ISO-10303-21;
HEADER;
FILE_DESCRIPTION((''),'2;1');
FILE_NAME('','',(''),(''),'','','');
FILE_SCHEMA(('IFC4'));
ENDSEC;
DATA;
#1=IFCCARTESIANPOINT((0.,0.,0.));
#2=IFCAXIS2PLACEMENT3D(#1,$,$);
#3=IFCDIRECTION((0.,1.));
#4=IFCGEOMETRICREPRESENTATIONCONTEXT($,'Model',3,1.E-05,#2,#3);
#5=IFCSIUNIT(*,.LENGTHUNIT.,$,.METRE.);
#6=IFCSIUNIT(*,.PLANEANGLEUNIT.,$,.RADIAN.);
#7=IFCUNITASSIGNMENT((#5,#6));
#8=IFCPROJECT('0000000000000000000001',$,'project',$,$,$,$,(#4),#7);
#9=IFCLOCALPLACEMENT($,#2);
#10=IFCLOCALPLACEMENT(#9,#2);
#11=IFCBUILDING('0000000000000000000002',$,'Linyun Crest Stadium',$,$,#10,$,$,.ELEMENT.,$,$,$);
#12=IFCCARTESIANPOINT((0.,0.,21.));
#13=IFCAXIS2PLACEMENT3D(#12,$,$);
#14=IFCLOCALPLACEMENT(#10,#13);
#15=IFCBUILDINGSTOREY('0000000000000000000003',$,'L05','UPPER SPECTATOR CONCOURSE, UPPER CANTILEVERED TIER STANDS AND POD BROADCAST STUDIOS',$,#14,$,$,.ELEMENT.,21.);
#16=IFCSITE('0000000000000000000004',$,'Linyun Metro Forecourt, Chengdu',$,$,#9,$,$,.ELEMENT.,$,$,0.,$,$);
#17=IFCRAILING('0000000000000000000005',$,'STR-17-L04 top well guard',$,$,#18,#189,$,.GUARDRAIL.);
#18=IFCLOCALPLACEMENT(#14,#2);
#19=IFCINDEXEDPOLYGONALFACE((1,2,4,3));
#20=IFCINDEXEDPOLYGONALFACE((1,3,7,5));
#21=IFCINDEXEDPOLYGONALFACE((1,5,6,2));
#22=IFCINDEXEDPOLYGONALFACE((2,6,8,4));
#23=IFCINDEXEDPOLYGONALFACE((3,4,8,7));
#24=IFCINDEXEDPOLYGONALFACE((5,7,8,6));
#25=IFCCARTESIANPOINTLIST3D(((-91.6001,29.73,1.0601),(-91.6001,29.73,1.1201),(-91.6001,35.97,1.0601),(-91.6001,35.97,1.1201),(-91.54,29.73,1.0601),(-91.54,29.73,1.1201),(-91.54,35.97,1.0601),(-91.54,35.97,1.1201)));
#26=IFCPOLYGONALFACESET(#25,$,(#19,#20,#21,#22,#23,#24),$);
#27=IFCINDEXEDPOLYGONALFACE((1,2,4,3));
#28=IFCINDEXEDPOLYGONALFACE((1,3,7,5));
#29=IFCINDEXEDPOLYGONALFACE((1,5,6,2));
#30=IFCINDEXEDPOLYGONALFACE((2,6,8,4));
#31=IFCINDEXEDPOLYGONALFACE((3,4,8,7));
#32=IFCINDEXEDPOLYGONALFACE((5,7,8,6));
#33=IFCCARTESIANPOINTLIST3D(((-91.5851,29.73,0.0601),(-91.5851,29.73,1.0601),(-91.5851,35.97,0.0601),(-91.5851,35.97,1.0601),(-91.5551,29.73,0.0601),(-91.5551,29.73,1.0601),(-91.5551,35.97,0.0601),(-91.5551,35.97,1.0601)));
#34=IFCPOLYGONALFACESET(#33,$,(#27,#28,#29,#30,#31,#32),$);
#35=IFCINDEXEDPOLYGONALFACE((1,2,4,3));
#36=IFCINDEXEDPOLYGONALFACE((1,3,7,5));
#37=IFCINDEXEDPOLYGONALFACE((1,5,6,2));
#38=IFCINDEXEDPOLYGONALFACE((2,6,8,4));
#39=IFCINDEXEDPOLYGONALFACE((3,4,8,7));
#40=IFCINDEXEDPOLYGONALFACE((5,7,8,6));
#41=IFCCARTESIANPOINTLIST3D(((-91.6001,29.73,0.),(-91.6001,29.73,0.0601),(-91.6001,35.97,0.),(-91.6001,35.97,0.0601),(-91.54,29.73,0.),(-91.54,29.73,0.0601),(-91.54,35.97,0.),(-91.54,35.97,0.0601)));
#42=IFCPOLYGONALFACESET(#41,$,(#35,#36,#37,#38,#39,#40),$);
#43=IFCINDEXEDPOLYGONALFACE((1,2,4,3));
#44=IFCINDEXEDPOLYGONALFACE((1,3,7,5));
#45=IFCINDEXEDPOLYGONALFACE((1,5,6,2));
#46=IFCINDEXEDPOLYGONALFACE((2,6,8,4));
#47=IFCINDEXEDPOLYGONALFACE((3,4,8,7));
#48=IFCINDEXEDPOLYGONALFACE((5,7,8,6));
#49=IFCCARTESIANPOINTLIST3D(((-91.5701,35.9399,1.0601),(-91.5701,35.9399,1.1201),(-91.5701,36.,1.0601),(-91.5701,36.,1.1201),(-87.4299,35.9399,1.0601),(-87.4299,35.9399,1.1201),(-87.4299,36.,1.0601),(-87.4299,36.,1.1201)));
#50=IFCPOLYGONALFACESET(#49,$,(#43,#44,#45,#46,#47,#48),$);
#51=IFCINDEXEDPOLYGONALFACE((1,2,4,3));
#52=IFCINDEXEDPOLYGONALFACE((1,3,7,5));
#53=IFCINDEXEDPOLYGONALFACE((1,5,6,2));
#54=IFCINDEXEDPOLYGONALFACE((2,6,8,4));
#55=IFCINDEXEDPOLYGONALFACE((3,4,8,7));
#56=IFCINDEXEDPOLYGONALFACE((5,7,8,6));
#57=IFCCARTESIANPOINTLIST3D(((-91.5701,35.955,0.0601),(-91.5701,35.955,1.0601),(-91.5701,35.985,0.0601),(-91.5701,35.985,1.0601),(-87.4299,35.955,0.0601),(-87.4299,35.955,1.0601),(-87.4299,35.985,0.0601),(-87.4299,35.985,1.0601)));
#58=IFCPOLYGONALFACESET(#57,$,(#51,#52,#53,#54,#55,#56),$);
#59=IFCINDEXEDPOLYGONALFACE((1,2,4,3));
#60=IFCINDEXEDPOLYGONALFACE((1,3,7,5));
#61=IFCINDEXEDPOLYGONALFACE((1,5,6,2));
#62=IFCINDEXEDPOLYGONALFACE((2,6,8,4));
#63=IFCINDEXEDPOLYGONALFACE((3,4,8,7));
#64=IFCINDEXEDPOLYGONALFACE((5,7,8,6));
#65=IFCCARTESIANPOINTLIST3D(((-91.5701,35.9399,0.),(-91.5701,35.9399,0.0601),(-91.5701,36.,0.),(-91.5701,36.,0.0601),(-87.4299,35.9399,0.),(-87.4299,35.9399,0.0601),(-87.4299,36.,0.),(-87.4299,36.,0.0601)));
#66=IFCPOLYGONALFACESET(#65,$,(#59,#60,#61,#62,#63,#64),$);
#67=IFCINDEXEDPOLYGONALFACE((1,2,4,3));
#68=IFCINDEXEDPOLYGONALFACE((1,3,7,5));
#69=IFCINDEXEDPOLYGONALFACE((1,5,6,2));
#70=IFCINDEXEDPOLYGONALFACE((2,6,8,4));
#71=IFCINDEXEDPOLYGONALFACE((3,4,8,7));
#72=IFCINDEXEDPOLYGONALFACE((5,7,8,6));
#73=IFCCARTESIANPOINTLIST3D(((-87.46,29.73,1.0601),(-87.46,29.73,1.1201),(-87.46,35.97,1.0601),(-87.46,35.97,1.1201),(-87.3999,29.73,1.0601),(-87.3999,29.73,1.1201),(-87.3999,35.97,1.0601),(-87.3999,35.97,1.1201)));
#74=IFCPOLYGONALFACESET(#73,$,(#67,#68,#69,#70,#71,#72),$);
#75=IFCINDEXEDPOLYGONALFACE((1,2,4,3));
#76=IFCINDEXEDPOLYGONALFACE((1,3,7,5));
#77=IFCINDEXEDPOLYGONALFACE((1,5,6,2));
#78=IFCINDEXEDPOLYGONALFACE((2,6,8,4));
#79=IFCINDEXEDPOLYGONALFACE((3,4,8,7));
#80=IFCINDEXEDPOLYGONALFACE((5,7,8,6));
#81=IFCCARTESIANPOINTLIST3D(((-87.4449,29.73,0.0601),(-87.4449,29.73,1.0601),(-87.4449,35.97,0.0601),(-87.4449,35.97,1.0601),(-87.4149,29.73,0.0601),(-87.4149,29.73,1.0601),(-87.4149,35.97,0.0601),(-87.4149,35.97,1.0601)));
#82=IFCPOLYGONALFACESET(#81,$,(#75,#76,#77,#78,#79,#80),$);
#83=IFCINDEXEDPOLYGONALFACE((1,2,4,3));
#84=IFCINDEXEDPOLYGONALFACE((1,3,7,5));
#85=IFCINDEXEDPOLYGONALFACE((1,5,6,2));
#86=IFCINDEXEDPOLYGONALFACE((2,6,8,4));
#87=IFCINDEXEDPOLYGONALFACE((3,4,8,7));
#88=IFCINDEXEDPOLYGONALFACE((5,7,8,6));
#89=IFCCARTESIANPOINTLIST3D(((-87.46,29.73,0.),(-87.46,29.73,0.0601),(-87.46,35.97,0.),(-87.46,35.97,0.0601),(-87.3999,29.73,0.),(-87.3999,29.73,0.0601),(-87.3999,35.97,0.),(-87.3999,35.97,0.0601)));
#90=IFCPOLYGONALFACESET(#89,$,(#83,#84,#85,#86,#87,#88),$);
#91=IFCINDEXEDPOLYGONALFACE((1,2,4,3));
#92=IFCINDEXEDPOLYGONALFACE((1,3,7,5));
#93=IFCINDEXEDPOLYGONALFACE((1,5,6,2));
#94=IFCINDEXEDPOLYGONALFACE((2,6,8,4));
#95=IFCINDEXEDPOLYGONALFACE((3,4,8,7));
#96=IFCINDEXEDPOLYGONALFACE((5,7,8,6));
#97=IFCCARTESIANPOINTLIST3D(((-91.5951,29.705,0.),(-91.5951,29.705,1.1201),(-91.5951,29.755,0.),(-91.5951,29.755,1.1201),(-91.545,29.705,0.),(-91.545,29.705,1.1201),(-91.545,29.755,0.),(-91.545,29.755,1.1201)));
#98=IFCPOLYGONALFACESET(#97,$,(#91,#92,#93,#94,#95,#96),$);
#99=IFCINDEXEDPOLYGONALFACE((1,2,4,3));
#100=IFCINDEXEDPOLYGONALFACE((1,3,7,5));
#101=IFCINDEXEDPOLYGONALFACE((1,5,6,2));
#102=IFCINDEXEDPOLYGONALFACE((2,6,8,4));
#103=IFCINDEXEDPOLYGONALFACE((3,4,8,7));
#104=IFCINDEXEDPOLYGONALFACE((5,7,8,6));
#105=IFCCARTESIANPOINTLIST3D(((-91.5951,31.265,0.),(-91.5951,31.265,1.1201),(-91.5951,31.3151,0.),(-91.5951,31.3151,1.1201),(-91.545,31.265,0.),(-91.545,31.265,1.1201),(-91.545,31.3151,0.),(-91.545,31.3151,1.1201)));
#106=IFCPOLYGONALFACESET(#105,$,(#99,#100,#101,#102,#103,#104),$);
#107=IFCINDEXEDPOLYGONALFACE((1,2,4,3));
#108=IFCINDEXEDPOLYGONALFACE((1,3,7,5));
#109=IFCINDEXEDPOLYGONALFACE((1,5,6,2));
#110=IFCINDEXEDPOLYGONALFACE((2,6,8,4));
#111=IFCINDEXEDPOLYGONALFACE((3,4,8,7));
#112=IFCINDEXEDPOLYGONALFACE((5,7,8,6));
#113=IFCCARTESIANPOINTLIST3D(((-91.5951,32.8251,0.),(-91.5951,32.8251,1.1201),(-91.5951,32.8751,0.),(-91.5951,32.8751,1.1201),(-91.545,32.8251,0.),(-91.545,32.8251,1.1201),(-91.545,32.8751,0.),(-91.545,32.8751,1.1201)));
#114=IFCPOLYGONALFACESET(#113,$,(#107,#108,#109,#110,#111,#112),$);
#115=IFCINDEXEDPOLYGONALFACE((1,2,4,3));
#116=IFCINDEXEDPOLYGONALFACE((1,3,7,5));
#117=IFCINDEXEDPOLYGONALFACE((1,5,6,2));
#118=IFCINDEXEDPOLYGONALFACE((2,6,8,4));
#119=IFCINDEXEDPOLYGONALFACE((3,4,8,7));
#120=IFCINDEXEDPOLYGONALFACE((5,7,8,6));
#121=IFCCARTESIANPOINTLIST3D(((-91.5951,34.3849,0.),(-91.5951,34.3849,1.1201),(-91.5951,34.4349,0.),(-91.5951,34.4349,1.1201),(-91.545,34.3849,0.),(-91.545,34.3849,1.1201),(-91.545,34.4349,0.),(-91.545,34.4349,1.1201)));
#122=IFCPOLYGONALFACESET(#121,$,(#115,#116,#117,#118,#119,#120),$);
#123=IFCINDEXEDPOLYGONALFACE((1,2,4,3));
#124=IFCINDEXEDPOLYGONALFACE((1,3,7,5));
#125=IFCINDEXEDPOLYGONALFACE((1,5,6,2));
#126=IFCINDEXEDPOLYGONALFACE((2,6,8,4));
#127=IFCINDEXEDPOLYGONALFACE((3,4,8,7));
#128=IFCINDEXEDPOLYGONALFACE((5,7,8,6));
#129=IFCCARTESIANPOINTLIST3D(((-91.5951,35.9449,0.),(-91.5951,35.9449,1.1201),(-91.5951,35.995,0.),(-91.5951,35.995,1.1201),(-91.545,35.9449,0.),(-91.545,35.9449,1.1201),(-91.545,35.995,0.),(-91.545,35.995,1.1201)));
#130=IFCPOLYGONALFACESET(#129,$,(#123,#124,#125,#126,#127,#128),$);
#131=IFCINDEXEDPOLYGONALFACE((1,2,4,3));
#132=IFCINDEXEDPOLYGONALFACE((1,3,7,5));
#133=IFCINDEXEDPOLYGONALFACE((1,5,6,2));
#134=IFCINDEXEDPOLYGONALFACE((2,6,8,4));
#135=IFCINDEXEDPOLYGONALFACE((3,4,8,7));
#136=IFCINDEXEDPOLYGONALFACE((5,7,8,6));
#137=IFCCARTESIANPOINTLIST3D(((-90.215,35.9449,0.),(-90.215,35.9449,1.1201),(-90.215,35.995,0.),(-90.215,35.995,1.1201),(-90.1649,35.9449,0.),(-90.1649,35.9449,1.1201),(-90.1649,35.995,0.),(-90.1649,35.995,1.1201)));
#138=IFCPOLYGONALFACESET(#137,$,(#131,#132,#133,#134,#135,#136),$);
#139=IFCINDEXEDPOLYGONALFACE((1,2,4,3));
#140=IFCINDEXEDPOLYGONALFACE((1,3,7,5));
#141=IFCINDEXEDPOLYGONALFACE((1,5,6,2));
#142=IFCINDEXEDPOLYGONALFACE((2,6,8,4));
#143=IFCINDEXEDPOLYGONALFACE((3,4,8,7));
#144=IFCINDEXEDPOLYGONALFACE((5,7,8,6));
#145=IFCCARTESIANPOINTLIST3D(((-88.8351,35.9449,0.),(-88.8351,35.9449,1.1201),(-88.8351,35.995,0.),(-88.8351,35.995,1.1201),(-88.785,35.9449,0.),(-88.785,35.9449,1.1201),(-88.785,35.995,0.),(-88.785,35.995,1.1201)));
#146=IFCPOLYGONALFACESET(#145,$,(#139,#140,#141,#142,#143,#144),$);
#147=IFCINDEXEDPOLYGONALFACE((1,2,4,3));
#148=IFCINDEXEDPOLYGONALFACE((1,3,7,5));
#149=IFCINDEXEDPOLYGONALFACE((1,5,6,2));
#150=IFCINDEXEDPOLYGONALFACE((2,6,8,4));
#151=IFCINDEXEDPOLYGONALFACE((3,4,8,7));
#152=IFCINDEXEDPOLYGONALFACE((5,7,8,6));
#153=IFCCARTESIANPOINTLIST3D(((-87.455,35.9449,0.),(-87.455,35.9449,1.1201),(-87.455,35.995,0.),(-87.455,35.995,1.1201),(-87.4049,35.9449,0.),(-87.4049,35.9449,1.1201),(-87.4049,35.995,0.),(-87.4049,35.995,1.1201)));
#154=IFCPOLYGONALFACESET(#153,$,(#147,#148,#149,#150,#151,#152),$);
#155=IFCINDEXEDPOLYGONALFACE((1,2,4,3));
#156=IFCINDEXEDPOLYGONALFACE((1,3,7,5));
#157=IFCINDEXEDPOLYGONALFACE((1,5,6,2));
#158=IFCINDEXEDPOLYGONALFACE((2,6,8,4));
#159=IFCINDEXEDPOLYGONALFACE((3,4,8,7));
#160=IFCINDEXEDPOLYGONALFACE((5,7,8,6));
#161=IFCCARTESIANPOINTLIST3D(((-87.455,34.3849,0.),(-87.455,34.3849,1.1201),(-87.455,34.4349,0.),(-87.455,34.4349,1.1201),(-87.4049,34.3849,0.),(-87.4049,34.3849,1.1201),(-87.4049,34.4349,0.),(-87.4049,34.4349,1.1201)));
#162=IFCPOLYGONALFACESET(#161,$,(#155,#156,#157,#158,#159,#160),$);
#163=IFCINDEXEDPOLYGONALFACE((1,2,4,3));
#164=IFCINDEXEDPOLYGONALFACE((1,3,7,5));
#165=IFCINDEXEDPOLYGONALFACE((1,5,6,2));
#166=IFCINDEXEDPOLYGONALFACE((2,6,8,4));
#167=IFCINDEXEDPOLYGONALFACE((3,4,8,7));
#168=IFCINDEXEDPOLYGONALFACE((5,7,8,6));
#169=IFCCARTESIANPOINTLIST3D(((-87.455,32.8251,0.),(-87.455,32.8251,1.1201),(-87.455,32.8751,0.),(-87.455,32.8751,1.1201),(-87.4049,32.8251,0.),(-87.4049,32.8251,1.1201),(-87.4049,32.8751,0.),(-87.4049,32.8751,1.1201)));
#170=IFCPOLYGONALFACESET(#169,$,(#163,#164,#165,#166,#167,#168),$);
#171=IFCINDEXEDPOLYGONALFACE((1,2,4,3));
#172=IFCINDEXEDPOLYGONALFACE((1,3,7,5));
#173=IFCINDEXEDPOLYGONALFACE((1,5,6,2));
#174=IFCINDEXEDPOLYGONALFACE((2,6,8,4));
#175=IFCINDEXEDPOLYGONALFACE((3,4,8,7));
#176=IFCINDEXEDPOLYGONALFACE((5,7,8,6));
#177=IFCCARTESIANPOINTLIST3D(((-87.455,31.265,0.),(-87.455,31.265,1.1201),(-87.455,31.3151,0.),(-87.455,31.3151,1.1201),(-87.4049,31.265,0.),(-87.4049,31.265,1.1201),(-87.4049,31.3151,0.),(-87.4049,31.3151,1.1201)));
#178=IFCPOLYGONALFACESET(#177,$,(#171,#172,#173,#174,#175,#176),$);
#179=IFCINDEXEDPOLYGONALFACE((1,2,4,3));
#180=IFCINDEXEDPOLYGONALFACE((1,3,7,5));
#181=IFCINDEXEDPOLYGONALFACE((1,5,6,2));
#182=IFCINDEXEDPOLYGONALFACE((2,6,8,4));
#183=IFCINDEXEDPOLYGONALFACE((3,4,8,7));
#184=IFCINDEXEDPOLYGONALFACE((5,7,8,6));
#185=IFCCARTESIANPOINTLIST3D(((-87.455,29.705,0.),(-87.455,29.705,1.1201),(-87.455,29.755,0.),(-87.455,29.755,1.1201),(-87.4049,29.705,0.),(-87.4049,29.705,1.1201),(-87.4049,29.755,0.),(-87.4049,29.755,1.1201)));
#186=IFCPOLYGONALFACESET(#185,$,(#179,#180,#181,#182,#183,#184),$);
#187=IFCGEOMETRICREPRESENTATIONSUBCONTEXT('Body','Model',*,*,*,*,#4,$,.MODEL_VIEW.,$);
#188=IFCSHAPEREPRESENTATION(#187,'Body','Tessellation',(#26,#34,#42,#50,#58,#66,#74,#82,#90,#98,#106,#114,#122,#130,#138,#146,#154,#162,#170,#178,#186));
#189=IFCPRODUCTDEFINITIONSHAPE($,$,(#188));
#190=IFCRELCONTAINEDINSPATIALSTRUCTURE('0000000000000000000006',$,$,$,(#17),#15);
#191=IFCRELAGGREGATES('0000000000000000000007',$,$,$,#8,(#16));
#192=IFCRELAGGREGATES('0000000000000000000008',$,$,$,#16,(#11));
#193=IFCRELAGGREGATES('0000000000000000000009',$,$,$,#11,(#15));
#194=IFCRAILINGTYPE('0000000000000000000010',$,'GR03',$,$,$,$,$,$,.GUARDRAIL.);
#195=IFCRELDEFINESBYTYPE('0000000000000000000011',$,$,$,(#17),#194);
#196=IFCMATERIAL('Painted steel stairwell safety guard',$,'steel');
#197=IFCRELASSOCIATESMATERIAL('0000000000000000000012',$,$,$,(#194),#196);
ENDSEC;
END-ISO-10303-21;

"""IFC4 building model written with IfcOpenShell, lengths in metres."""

from ifc_helpers import new_model, si_unit, direction, frame, origin, origin_2d, place, context, subcontext, project, spatial, rectangle, extrude, material, type_object, element, save


model = new_model("IFC4")

# Units and contexts
model_context = context("Model", 3, precision=1e-05, world=origin(), true_north=direction((0.0, 1.0)))
body_context = subcontext(model_context, "Body", "Model", "MODEL_VIEW")
ifc_project = project(units=[si_unit("LENGTHUNIT", "METRE"), si_unit("PLANEANGLEUNIT", "RADIAN")], contexts=[model_context])

# Site, building, storey
site_placement = place(None, origin())
site = spatial("IfcSite", under=ifc_project, at=site_placement, Name="Linyun Metro Forecourt, Chengdu", CompositionType="ELEMENT", RefElevation=0.0)
building_placement = place(site_placement, origin())
building = spatial("IfcBuilding", under=site, at=building_placement, Name="Linyun Crest Stadium", CompositionType="ELEMENT")
storey_placement = place(building_placement, frame((0.0, 0.0, 21.0)))
storey = spatial("IfcBuildingStorey", under=building, at=storey_placement, Name="L05", Description="UPPER SPECTATOR CONCOURSE, UPPER CANTILEVERED TIER STANDS AND POD BROADCAST STUDIOS", CompositionType="ELEMENT", Elevation=21.0)

# Railing
ifc_material_1 = material(Name="Painted steel stairwell safety guard", Category="steel")
railing_type_1 = type_object("IfcRailingType", Name="GR03", PredefinedType="GUARDRAIL", material=ifc_material_1)
railing_1_placement = place(storey_placement, frame((-91.5701, 29.73, 0.0)))
element("IfcRailing", 1, at=railing_1_placement, inside=storey, type_object=railing_type_1, Name="STR-17-L04 top well guard", PredefinedType="GUARDRAIL", context=body_context, shape_type="SweptSolid", body=[
    extrude(rectangle(XDim=0.0601, YDim=0.0601, at=origin_2d()), frame((0.0, 0.0, 1.0901), z_axis=(0.0, 1.0, 0.0), x_axis=(-1.0, 0.0, 0.0)), (0.0, 0.0, 1.0), 6.24),
    extrude(rectangle(XDim=0.03, YDim=1.0, at=origin_2d()), frame((0.0, 0.0, 0.5601), z_axis=(0.0, 1.0, 0.0), x_axis=(-1.0, 0.0, 0.0)), (0.0, 0.0, 1.0), 6.24),
    extrude(rectangle(XDim=0.0601, YDim=0.0601, at=origin_2d()), frame((0.0, 0.0, 0.03), z_axis=(0.0, 1.0, 0.0), x_axis=(-1.0, 0.0, 0.0)), (0.0, 0.0, 1.0), 6.24),
    extrude(rectangle(XDim=0.0601, YDim=0.0601, at=origin_2d()), frame((0.0, 6.24, 1.0901), z_axis=(1.0, 0.0, 0.0), x_axis=(0.0, 1.0, 0.0)), (0.0, 0.0, 1.0), 4.1401),
    extrude(rectangle(XDim=0.03, YDim=1.0, at=origin_2d()), frame((0.0, 6.24, 0.5601), z_axis=(1.0, 0.0, 0.0), x_axis=(0.0, 1.0, 0.0)), (0.0, 0.0, 1.0), 4.1401),
    extrude(rectangle(XDim=0.0601, YDim=0.0601, at=origin_2d()), frame((0.0, 6.24, 0.03), z_axis=(1.0, 0.0, 0.0), x_axis=(0.0, 1.0, 0.0)), (0.0, 0.0, 1.0), 4.1401),
    extrude(rectangle(XDim=0.0601, YDim=0.0601, at=origin_2d()), frame((4.1401, 6.24, 1.0901), z_axis=(0.0, -1.0, 0.0), x_axis=(1.0, 0.0, 0.0)), (0.0, 0.0, 1.0), 6.24),
    extrude(rectangle(XDim=0.03, YDim=1.0, at=origin_2d()), frame((4.1401, 6.24, 0.5601), z_axis=(0.0, -1.0, 0.0), x_axis=(1.0, 0.0, 0.0)), (0.0, 0.0, 1.0), 6.24),
    extrude(rectangle(XDim=0.0601, YDim=0.0601, at=origin_2d()), frame((4.1401, 6.24, 0.03), z_axis=(0.0, -1.0, 0.0), x_axis=(1.0, 0.0, 0.0)), (0.0, 0.0, 1.0), 6.24),
    extrude(rectangle(XDim=0.05, YDim=0.05, at=origin_2d()), origin(), (0.0, 0.0, 1.0), 1.1201),
    extrude(rectangle(XDim=0.05, YDim=0.05, at=origin_2d()), frame((0.0, 1.5601, 0.0)), (0.0, 0.0, 1.0), 1.1201),
    extrude(rectangle(XDim=0.05, YDim=0.05, at=origin_2d()), frame((0.0, 3.1201, 0.0)), (0.0, 0.0, 1.0), 1.1201),
    extrude(rectangle(XDim=0.05, YDim=0.05, at=origin_2d()), frame((0.0, 4.6799, 0.0)), (0.0, 0.0, 1.0), 1.1201),
    extrude(rectangle(XDim=0.05, YDim=0.05, at=origin_2d()), frame((0.0, 6.24, 0.0)), (0.0, 0.0, 1.0), 1.1201),
    extrude(rectangle(XDim=0.05, YDim=0.05, at=origin_2d()), frame((1.3801, 6.24, 0.0)), (0.0, 0.0, 1.0), 1.1201),
    extrude(rectangle(XDim=0.05, YDim=0.05, at=origin_2d()), frame((2.76, 6.24, 0.0)), (0.0, 0.0, 1.0), 1.1201),
    extrude(rectangle(XDim=0.05, YDim=0.05, at=origin_2d()), frame((4.1401, 6.24, 0.0)), (0.0, 0.0, 1.0), 1.1201),
    extrude(rectangle(XDim=0.05, YDim=0.05, at=origin_2d()), frame((4.1401, 4.6799, 0.0)), (0.0, 0.0, 1.0), 1.1201),
    extrude(rectangle(XDim=0.05, YDim=0.05, at=origin_2d()), frame((4.1401, 3.1201, 0.0)), (0.0, 0.0, 1.0), 1.1201),
    extrude(rectangle(XDim=0.05, YDim=0.05, at=origin_2d()), frame((4.1401, 1.5601, 0.0)), (0.0, 0.0, 1.0), 1.1201),
    extrude(rectangle(XDim=0.05, YDim=0.05, at=origin_2d()), frame((4.1401, 0.0, 0.0)), (0.0, 0.0, 1.0), 1.1201),
])

save(model, "model.ifc")
